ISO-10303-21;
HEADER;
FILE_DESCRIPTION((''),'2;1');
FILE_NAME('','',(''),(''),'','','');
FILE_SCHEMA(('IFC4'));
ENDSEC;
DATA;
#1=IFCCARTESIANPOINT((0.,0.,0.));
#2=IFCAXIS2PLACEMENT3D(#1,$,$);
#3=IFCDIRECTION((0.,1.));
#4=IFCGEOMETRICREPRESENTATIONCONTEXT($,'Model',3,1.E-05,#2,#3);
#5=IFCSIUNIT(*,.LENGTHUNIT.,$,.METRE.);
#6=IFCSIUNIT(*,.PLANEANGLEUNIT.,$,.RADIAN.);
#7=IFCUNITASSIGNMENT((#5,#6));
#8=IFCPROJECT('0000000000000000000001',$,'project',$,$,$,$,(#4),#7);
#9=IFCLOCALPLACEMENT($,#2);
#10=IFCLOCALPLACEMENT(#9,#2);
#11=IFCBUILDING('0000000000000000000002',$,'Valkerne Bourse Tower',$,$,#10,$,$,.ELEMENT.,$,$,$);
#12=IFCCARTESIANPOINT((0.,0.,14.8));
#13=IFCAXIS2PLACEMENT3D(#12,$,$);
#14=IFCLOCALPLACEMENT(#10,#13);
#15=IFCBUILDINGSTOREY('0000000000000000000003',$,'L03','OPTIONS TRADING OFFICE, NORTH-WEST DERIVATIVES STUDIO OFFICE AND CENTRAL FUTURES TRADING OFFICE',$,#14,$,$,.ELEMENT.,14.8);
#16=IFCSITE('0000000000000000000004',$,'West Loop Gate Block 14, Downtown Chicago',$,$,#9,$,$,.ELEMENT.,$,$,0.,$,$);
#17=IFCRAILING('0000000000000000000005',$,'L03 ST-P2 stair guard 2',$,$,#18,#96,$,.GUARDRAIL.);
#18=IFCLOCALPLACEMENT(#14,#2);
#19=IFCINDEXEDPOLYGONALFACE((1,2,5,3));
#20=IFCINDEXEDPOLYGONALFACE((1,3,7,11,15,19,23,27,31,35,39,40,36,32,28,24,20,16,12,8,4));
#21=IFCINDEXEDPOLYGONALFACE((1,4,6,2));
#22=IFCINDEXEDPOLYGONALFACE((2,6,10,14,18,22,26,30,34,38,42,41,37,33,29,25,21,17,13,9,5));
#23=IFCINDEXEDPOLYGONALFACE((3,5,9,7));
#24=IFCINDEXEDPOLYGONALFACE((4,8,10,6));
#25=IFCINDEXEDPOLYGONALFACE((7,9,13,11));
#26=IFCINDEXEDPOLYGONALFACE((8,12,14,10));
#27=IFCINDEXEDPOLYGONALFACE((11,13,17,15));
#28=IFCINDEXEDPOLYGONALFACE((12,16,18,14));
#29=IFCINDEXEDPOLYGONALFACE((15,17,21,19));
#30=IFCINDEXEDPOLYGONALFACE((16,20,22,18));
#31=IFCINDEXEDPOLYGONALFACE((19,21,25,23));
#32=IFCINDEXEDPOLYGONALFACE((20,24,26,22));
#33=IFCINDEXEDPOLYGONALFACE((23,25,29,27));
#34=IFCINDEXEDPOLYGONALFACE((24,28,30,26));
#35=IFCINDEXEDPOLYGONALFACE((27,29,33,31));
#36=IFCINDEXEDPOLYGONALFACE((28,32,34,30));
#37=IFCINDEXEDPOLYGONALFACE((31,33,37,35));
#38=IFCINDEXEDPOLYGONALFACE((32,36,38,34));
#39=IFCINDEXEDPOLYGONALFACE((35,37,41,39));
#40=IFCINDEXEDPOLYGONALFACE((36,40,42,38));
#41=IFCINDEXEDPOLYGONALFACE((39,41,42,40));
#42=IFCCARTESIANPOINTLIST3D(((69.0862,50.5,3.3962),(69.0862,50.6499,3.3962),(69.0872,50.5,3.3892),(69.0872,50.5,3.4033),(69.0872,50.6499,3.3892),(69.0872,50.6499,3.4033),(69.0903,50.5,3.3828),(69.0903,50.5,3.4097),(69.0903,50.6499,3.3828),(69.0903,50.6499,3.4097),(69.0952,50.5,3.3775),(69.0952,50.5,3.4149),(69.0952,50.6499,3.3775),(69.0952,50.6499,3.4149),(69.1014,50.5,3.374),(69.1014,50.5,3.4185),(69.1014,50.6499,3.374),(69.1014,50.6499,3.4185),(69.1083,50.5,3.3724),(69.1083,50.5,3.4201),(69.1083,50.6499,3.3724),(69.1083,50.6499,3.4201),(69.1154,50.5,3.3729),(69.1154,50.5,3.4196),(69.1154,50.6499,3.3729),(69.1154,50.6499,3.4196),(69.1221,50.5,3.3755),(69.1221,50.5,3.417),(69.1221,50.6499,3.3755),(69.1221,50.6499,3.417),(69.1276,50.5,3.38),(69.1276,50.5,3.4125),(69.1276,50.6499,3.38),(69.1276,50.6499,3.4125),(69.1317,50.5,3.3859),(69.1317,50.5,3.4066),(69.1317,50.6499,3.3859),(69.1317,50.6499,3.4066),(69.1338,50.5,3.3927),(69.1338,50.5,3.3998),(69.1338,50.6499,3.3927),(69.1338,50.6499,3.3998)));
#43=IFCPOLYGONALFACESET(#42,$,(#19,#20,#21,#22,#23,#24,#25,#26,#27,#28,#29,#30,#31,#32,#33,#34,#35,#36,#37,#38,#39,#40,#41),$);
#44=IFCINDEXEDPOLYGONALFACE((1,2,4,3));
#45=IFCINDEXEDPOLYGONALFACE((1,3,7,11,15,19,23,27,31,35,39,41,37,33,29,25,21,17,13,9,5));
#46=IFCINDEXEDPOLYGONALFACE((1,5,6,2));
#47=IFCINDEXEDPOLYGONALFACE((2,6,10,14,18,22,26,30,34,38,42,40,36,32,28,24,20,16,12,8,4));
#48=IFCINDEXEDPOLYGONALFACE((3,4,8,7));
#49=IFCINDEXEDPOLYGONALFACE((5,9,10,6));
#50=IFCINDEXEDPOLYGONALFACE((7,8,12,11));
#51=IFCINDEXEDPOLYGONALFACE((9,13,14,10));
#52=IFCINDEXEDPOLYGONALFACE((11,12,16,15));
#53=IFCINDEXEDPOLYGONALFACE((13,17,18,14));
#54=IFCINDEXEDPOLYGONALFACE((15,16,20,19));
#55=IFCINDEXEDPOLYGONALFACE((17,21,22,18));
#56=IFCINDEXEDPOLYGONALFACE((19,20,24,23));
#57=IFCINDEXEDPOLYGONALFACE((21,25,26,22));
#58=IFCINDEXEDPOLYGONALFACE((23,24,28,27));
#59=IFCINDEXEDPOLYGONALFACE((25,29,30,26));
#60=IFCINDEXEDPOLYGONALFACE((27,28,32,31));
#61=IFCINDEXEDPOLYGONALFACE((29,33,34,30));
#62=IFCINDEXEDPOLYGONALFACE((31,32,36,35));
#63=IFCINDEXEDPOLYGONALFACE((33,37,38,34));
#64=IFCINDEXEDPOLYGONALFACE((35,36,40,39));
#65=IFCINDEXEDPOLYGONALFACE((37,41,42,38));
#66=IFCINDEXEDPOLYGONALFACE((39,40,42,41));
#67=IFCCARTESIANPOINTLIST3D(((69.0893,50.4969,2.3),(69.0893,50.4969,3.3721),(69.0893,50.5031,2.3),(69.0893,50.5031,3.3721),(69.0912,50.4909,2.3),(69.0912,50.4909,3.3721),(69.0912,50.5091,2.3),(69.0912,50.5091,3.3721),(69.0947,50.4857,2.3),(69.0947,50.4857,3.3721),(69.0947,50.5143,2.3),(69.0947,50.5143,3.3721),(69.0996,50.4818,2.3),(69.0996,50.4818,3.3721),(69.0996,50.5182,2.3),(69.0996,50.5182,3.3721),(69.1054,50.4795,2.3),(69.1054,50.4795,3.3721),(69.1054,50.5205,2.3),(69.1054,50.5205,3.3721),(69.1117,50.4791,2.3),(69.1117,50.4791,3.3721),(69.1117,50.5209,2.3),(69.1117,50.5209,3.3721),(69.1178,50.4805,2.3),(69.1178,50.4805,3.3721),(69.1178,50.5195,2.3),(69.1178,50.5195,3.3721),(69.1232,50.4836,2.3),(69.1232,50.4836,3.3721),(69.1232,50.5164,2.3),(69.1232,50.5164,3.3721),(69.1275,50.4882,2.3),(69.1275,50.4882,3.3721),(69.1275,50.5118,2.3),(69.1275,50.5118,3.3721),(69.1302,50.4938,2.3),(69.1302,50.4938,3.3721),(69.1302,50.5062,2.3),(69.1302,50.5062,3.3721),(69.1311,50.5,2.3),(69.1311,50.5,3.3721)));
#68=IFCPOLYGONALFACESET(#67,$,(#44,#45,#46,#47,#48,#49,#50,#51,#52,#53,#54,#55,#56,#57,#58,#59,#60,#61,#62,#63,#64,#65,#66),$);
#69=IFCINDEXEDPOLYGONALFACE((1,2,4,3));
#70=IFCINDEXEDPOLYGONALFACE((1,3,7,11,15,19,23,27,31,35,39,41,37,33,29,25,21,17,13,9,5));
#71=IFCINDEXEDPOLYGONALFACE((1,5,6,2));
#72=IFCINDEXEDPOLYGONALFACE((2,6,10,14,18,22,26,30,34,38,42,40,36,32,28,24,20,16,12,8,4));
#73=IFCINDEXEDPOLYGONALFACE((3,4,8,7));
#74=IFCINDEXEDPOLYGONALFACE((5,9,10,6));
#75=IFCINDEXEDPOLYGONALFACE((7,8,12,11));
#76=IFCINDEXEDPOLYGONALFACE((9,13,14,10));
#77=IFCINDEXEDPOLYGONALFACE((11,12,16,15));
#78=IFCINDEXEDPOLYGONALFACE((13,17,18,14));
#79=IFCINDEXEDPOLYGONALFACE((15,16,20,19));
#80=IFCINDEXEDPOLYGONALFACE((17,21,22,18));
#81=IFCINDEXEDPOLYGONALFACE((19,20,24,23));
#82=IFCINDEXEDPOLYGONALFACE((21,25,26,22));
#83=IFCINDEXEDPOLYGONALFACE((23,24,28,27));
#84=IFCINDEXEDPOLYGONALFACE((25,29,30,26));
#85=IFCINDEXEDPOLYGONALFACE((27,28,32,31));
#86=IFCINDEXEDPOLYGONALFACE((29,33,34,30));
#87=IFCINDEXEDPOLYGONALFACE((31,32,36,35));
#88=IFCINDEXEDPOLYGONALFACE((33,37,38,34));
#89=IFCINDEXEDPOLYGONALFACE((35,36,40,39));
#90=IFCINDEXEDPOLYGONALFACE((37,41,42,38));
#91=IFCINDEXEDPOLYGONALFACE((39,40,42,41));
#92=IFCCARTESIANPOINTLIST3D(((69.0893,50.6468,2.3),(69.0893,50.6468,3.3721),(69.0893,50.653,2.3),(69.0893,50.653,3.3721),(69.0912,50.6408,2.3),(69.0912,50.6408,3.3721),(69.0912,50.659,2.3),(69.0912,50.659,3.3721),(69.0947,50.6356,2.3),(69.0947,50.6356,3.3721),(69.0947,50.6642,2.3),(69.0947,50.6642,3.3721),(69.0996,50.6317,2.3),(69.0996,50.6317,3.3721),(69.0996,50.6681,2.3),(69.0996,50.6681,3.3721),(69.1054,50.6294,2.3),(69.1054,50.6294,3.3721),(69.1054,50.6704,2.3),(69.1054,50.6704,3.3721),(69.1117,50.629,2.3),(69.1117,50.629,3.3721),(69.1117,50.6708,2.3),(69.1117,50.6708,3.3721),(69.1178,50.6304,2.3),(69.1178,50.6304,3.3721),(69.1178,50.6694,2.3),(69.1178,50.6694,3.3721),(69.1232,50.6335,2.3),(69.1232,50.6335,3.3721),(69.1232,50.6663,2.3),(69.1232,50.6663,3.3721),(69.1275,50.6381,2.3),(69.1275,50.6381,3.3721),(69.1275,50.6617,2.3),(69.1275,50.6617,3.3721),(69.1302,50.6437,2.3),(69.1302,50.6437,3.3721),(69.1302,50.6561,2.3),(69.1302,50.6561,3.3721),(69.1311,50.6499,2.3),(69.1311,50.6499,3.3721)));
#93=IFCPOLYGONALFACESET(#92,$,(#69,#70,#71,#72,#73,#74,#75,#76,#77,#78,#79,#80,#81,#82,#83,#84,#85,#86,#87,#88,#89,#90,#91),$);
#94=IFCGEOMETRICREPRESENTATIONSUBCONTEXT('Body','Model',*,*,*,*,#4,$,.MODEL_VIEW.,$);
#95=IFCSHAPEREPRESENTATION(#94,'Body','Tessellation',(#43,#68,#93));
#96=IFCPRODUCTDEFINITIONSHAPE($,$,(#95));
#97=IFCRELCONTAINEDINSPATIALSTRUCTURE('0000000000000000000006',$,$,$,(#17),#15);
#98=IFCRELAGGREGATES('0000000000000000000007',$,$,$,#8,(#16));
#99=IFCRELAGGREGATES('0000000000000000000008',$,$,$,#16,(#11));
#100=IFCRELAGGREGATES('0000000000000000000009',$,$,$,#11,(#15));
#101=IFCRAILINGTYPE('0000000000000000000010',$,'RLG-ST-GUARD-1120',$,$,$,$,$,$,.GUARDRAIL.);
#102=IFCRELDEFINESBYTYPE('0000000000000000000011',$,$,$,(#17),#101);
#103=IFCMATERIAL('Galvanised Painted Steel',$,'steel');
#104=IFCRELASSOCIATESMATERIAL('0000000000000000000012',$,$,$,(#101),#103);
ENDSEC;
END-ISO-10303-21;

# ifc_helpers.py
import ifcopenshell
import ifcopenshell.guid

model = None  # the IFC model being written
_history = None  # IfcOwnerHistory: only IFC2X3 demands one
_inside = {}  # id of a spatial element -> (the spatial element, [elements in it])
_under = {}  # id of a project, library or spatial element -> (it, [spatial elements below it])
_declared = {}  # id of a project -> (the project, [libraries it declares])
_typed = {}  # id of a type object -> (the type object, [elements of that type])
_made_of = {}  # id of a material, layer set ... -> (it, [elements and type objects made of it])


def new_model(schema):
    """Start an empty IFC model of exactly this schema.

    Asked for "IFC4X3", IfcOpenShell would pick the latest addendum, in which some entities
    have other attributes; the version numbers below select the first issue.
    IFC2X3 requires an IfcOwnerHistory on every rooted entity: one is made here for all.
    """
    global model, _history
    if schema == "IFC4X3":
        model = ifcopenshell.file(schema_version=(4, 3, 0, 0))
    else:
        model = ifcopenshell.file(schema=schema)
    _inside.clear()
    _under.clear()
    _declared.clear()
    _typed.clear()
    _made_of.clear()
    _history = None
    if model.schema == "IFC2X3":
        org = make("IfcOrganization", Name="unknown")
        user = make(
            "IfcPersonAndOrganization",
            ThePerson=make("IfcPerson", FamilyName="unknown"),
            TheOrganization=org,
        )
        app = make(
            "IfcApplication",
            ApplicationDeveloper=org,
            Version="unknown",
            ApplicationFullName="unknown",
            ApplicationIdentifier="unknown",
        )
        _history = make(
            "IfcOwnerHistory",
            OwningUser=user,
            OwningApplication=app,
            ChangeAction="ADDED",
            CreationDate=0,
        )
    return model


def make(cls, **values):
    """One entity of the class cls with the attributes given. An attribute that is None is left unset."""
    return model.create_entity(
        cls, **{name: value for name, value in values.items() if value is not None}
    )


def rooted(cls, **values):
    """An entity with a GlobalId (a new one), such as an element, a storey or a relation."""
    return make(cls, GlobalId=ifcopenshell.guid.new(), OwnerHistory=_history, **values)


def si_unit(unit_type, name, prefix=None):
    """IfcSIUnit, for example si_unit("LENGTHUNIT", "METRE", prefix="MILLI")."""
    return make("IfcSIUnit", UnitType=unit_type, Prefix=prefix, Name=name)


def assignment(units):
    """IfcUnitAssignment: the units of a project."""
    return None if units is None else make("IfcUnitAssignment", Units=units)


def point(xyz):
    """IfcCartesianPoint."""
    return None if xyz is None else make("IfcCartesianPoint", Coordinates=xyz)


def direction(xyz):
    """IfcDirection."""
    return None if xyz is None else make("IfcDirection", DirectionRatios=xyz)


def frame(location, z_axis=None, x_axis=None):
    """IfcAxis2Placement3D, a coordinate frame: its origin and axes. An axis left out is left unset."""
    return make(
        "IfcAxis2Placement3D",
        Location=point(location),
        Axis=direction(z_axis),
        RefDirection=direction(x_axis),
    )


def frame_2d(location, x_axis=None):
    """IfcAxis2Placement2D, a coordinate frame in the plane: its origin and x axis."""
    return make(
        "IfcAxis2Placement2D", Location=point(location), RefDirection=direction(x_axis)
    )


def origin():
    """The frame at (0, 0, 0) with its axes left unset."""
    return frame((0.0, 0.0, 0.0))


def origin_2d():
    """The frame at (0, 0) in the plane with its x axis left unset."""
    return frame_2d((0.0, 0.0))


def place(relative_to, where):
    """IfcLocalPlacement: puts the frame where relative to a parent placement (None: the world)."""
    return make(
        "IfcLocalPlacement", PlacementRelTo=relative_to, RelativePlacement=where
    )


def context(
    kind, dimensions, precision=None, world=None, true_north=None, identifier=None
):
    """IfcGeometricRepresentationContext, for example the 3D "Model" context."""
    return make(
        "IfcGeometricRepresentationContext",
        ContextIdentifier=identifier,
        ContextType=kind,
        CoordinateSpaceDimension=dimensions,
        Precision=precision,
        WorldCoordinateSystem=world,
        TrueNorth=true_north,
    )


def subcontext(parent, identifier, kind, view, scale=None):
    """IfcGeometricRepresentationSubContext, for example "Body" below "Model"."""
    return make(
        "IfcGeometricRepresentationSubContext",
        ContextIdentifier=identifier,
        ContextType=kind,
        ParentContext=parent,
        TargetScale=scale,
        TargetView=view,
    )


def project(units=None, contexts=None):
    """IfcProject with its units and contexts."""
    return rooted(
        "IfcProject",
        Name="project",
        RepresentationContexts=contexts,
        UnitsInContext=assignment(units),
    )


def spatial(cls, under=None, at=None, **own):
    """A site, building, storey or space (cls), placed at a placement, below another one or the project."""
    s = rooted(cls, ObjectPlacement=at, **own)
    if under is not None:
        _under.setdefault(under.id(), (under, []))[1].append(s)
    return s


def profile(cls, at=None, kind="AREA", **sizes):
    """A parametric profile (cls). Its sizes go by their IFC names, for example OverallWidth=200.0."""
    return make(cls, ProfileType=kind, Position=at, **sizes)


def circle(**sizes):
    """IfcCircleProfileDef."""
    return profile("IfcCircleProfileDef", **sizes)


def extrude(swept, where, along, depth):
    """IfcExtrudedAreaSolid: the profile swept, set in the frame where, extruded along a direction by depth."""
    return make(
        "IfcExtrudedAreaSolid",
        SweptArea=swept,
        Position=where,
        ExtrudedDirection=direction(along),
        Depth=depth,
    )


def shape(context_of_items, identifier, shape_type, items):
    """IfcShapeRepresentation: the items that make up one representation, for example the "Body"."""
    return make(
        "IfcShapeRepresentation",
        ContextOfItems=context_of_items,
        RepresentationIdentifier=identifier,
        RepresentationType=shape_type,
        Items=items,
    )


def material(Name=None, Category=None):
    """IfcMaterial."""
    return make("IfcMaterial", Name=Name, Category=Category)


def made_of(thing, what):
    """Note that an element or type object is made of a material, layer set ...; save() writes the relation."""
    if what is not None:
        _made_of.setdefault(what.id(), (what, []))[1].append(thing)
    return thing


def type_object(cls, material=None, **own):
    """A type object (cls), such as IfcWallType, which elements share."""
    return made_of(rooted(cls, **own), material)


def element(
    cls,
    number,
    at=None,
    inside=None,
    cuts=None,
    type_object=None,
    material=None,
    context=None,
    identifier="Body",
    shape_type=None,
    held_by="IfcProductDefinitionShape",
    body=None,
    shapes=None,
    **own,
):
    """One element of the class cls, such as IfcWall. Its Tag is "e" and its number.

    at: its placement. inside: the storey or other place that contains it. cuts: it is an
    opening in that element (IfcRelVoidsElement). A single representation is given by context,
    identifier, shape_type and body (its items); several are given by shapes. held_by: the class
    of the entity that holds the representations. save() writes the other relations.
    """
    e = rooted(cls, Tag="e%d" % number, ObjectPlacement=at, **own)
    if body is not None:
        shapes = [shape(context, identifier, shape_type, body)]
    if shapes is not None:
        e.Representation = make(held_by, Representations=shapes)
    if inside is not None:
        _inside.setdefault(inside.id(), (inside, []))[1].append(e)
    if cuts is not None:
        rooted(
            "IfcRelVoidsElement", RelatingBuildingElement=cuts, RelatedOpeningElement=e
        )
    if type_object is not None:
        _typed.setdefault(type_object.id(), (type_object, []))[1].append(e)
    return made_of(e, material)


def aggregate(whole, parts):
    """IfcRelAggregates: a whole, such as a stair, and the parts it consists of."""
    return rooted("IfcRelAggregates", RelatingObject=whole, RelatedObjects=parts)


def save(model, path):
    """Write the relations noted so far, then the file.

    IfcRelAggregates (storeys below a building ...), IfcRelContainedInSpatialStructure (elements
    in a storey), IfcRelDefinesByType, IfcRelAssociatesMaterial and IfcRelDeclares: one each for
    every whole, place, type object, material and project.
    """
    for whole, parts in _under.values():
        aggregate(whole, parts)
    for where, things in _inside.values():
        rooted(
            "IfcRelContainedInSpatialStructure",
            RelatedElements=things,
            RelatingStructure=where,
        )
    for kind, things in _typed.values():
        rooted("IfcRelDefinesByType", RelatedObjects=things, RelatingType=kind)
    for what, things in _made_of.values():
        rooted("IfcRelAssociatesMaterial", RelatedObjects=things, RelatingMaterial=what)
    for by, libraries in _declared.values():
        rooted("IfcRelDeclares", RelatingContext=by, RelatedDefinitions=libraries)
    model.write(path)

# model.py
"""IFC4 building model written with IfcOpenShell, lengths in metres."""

from ifc_helpers import new_model, si_unit, direction, frame, origin, origin_2d, place, context, subcontext, project, spatial, circle, extrude, material, type_object, element, save


model = new_model("IFC4")

# Units and contexts
model_context = context("Model", 3, precision=1e-05, world=origin(), true_north=direction((0.0, 1.0)))
body_context = subcontext(model_context, "Body", "Model", "MODEL_VIEW")
ifc_project = project(units=[si_unit("LENGTHUNIT", "METRE"), si_unit("PLANEANGLEUNIT", "RADIAN")], contexts=[model_context])

# Site, building, storey
site_placement = place(None, origin())
site = spatial("IfcSite", under=ifc_project, at=site_placement, Name="West Loop Gate Block 14, Downtown Chicago", CompositionType="ELEMENT", RefElevation=0.0)
building_placement = place(site_placement, origin())
building = spatial("IfcBuilding", under=site, at=building_placement, Name="Valkerne Bourse Tower", CompositionType="ELEMENT")
storey_placement = place(building_placement, frame((0.0, 0.0, 14.8)))
storey = spatial("IfcBuildingStorey", under=building, at=storey_placement, Name="L03", Description="OPTIONS TRADING OFFICE, NORTH-WEST DERIVATIVES STUDIO OFFICE AND CENTRAL FUTURES TRADING OFFICE", CompositionType="ELEMENT", Elevation=14.8)

# Railing
ifc_material_1 = material(Name="Galvanised Painted Steel", Category="steel")
railing_type_1 = type_object("IfcRailingType", Name="RLG-ST-GUARD-1120", PredefinedType="GUARDRAIL", material=ifc_material_1)
railing_1_placement = place(storey_placement, frame((69.1101, 50.5, 2.3)))
element("IfcRailing", 1, at=railing_1_placement, inside=storey, type_object=railing_type_1, Name="L03 ST-P2 stair guard 2", PredefinedType="GUARDRAIL", context=body_context, shape_type="SweptSolid", body=[
    extrude(circle(Radius=0.0239, at=origin_2d()), frame((0.0, 0.0, 1.0962), z_axis=(0.0, 1.0, 0.0), x_axis=(-1.0, 0.0, 0.0)), (0.0, 0.0, 1.0), 0.1499),
    extrude(circle(Radius=0.021, at=origin_2d()), origin(), (0.0, 0.0, 1.0), 1.072),
    extrude(circle(Radius=0.021, at=origin_2d()), frame((0.0, 0.1499, 0.0)), (0.0, 0.0, 1.0), 1.072),
])

save(model, "model.ifc")
